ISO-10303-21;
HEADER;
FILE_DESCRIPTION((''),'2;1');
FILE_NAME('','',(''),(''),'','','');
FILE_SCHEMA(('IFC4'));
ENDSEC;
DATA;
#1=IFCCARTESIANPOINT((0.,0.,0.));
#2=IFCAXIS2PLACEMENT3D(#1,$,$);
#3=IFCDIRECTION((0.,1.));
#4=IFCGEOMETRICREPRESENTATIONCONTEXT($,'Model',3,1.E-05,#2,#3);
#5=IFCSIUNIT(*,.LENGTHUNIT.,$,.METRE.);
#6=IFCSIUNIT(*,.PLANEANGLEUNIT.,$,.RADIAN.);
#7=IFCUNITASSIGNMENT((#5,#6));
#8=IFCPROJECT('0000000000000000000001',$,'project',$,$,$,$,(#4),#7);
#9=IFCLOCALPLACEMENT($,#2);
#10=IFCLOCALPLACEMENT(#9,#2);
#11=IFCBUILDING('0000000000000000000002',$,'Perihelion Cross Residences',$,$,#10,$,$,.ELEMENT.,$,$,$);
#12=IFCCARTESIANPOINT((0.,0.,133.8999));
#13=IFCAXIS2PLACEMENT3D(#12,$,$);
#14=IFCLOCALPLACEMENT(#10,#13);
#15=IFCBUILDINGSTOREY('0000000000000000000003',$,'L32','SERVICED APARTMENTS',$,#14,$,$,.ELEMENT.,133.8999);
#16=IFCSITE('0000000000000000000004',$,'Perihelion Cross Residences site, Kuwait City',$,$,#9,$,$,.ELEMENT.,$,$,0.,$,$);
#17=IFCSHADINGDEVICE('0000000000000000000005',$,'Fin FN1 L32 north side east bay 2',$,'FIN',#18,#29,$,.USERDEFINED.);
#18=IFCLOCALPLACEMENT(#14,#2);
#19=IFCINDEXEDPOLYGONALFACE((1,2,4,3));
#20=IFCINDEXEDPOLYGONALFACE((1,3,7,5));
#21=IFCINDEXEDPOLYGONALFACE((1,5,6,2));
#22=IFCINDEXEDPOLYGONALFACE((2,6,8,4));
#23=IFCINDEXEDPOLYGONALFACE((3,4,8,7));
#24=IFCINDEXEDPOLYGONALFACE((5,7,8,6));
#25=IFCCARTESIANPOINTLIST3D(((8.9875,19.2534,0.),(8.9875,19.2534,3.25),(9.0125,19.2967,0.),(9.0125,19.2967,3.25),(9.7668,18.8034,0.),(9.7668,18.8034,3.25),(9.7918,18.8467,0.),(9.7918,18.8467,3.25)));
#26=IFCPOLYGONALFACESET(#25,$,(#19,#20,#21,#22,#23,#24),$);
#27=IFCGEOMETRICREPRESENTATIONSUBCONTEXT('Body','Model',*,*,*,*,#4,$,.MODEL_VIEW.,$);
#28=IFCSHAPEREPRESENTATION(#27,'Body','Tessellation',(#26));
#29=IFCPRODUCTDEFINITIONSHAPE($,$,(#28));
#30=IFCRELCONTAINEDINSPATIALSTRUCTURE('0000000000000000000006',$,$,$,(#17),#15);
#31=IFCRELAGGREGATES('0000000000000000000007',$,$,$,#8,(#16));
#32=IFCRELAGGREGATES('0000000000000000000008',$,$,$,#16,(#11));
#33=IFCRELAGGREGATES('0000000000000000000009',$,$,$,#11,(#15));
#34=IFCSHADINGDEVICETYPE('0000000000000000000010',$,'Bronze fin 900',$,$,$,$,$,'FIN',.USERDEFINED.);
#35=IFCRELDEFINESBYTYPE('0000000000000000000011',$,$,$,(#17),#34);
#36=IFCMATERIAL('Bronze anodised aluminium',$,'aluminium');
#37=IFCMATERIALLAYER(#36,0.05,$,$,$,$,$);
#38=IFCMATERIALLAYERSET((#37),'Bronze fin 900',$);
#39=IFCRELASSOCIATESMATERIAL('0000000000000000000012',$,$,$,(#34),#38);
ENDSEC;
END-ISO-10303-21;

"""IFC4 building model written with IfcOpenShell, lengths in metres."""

from ifc_helpers import new_model, si_unit, direction, frame, origin, origin_2d, place, context, subcontext, project, spatial, rectangle, extrude, material, layer, layer_set, type_object, element, save


model = new_model("IFC4")

# Units and contexts
model_context = context("Model", 3, precision=1e-05, world=origin(), true_north=direction((0.0, 1.0)))
body_context = subcontext(model_context, "Body", "Model", "MODEL_VIEW")
ifc_project = project(units=[si_unit("LENGTHUNIT", "METRE"), si_unit("PLANEANGLEUNIT", "RADIAN")], contexts=[model_context])

# Site, building, storey
site_placement = place(None, origin())
site = spatial("IfcSite", under=ifc_project, at=site_placement, Name="Perihelion Cross Residences site, Kuwait City", CompositionType="ELEMENT", RefElevation=0.0)
building_placement = place(site_placement, origin())
building = spatial("IfcBuilding", under=site, at=building_placement, Name="Perihelion Cross Residences", CompositionType="ELEMENT")
storey_placement = place(building_placement, frame((0.0, 0.0, 133.8999)))
storey = spatial("IfcBuildingStorey", under=building, at=storey_placement, Name="L32", Description="SERVICED APARTMENTS", CompositionType="ELEMENT", Elevation=133.8999)

# Shading device
ifc_material_1 = material(Name="Bronze anodised aluminium", Category="aluminium")
ifc_layer_1 = layer(ifc_material_1, 0.05)
ifc_layer_set_1 = layer_set([ifc_layer_1], Name="Bronze fin 900")
shading_device_type = type_object("IfcShadingDeviceType", Name="Bronze fin 900", ElementType="FIN", PredefinedType="USERDEFINED", material=ifc_layer_set_1)
shading_device_placement = place(storey_placement, frame((9.3896, 19.05, 0.0), z_axis=(0.0, 0.0, 1.0), x_axis=(0.866025, -0.5, 0.0)))
element("IfcShadingDevice", 1, at=shading_device_placement, inside=storey, type_object=shading_device_type, Name="Fin FN1 L32 north side east bay 2", ObjectType="FIN", PredefinedType="USERDEFINED", context=body_context, shape_type="SweptSolid", body=[
    extrude(rectangle(XDim=0.8999, YDim=0.05, at=origin_2d()), origin(), (0.0, 0.0, 1.0), 3.25),
])

save(model, "model.ifc")
